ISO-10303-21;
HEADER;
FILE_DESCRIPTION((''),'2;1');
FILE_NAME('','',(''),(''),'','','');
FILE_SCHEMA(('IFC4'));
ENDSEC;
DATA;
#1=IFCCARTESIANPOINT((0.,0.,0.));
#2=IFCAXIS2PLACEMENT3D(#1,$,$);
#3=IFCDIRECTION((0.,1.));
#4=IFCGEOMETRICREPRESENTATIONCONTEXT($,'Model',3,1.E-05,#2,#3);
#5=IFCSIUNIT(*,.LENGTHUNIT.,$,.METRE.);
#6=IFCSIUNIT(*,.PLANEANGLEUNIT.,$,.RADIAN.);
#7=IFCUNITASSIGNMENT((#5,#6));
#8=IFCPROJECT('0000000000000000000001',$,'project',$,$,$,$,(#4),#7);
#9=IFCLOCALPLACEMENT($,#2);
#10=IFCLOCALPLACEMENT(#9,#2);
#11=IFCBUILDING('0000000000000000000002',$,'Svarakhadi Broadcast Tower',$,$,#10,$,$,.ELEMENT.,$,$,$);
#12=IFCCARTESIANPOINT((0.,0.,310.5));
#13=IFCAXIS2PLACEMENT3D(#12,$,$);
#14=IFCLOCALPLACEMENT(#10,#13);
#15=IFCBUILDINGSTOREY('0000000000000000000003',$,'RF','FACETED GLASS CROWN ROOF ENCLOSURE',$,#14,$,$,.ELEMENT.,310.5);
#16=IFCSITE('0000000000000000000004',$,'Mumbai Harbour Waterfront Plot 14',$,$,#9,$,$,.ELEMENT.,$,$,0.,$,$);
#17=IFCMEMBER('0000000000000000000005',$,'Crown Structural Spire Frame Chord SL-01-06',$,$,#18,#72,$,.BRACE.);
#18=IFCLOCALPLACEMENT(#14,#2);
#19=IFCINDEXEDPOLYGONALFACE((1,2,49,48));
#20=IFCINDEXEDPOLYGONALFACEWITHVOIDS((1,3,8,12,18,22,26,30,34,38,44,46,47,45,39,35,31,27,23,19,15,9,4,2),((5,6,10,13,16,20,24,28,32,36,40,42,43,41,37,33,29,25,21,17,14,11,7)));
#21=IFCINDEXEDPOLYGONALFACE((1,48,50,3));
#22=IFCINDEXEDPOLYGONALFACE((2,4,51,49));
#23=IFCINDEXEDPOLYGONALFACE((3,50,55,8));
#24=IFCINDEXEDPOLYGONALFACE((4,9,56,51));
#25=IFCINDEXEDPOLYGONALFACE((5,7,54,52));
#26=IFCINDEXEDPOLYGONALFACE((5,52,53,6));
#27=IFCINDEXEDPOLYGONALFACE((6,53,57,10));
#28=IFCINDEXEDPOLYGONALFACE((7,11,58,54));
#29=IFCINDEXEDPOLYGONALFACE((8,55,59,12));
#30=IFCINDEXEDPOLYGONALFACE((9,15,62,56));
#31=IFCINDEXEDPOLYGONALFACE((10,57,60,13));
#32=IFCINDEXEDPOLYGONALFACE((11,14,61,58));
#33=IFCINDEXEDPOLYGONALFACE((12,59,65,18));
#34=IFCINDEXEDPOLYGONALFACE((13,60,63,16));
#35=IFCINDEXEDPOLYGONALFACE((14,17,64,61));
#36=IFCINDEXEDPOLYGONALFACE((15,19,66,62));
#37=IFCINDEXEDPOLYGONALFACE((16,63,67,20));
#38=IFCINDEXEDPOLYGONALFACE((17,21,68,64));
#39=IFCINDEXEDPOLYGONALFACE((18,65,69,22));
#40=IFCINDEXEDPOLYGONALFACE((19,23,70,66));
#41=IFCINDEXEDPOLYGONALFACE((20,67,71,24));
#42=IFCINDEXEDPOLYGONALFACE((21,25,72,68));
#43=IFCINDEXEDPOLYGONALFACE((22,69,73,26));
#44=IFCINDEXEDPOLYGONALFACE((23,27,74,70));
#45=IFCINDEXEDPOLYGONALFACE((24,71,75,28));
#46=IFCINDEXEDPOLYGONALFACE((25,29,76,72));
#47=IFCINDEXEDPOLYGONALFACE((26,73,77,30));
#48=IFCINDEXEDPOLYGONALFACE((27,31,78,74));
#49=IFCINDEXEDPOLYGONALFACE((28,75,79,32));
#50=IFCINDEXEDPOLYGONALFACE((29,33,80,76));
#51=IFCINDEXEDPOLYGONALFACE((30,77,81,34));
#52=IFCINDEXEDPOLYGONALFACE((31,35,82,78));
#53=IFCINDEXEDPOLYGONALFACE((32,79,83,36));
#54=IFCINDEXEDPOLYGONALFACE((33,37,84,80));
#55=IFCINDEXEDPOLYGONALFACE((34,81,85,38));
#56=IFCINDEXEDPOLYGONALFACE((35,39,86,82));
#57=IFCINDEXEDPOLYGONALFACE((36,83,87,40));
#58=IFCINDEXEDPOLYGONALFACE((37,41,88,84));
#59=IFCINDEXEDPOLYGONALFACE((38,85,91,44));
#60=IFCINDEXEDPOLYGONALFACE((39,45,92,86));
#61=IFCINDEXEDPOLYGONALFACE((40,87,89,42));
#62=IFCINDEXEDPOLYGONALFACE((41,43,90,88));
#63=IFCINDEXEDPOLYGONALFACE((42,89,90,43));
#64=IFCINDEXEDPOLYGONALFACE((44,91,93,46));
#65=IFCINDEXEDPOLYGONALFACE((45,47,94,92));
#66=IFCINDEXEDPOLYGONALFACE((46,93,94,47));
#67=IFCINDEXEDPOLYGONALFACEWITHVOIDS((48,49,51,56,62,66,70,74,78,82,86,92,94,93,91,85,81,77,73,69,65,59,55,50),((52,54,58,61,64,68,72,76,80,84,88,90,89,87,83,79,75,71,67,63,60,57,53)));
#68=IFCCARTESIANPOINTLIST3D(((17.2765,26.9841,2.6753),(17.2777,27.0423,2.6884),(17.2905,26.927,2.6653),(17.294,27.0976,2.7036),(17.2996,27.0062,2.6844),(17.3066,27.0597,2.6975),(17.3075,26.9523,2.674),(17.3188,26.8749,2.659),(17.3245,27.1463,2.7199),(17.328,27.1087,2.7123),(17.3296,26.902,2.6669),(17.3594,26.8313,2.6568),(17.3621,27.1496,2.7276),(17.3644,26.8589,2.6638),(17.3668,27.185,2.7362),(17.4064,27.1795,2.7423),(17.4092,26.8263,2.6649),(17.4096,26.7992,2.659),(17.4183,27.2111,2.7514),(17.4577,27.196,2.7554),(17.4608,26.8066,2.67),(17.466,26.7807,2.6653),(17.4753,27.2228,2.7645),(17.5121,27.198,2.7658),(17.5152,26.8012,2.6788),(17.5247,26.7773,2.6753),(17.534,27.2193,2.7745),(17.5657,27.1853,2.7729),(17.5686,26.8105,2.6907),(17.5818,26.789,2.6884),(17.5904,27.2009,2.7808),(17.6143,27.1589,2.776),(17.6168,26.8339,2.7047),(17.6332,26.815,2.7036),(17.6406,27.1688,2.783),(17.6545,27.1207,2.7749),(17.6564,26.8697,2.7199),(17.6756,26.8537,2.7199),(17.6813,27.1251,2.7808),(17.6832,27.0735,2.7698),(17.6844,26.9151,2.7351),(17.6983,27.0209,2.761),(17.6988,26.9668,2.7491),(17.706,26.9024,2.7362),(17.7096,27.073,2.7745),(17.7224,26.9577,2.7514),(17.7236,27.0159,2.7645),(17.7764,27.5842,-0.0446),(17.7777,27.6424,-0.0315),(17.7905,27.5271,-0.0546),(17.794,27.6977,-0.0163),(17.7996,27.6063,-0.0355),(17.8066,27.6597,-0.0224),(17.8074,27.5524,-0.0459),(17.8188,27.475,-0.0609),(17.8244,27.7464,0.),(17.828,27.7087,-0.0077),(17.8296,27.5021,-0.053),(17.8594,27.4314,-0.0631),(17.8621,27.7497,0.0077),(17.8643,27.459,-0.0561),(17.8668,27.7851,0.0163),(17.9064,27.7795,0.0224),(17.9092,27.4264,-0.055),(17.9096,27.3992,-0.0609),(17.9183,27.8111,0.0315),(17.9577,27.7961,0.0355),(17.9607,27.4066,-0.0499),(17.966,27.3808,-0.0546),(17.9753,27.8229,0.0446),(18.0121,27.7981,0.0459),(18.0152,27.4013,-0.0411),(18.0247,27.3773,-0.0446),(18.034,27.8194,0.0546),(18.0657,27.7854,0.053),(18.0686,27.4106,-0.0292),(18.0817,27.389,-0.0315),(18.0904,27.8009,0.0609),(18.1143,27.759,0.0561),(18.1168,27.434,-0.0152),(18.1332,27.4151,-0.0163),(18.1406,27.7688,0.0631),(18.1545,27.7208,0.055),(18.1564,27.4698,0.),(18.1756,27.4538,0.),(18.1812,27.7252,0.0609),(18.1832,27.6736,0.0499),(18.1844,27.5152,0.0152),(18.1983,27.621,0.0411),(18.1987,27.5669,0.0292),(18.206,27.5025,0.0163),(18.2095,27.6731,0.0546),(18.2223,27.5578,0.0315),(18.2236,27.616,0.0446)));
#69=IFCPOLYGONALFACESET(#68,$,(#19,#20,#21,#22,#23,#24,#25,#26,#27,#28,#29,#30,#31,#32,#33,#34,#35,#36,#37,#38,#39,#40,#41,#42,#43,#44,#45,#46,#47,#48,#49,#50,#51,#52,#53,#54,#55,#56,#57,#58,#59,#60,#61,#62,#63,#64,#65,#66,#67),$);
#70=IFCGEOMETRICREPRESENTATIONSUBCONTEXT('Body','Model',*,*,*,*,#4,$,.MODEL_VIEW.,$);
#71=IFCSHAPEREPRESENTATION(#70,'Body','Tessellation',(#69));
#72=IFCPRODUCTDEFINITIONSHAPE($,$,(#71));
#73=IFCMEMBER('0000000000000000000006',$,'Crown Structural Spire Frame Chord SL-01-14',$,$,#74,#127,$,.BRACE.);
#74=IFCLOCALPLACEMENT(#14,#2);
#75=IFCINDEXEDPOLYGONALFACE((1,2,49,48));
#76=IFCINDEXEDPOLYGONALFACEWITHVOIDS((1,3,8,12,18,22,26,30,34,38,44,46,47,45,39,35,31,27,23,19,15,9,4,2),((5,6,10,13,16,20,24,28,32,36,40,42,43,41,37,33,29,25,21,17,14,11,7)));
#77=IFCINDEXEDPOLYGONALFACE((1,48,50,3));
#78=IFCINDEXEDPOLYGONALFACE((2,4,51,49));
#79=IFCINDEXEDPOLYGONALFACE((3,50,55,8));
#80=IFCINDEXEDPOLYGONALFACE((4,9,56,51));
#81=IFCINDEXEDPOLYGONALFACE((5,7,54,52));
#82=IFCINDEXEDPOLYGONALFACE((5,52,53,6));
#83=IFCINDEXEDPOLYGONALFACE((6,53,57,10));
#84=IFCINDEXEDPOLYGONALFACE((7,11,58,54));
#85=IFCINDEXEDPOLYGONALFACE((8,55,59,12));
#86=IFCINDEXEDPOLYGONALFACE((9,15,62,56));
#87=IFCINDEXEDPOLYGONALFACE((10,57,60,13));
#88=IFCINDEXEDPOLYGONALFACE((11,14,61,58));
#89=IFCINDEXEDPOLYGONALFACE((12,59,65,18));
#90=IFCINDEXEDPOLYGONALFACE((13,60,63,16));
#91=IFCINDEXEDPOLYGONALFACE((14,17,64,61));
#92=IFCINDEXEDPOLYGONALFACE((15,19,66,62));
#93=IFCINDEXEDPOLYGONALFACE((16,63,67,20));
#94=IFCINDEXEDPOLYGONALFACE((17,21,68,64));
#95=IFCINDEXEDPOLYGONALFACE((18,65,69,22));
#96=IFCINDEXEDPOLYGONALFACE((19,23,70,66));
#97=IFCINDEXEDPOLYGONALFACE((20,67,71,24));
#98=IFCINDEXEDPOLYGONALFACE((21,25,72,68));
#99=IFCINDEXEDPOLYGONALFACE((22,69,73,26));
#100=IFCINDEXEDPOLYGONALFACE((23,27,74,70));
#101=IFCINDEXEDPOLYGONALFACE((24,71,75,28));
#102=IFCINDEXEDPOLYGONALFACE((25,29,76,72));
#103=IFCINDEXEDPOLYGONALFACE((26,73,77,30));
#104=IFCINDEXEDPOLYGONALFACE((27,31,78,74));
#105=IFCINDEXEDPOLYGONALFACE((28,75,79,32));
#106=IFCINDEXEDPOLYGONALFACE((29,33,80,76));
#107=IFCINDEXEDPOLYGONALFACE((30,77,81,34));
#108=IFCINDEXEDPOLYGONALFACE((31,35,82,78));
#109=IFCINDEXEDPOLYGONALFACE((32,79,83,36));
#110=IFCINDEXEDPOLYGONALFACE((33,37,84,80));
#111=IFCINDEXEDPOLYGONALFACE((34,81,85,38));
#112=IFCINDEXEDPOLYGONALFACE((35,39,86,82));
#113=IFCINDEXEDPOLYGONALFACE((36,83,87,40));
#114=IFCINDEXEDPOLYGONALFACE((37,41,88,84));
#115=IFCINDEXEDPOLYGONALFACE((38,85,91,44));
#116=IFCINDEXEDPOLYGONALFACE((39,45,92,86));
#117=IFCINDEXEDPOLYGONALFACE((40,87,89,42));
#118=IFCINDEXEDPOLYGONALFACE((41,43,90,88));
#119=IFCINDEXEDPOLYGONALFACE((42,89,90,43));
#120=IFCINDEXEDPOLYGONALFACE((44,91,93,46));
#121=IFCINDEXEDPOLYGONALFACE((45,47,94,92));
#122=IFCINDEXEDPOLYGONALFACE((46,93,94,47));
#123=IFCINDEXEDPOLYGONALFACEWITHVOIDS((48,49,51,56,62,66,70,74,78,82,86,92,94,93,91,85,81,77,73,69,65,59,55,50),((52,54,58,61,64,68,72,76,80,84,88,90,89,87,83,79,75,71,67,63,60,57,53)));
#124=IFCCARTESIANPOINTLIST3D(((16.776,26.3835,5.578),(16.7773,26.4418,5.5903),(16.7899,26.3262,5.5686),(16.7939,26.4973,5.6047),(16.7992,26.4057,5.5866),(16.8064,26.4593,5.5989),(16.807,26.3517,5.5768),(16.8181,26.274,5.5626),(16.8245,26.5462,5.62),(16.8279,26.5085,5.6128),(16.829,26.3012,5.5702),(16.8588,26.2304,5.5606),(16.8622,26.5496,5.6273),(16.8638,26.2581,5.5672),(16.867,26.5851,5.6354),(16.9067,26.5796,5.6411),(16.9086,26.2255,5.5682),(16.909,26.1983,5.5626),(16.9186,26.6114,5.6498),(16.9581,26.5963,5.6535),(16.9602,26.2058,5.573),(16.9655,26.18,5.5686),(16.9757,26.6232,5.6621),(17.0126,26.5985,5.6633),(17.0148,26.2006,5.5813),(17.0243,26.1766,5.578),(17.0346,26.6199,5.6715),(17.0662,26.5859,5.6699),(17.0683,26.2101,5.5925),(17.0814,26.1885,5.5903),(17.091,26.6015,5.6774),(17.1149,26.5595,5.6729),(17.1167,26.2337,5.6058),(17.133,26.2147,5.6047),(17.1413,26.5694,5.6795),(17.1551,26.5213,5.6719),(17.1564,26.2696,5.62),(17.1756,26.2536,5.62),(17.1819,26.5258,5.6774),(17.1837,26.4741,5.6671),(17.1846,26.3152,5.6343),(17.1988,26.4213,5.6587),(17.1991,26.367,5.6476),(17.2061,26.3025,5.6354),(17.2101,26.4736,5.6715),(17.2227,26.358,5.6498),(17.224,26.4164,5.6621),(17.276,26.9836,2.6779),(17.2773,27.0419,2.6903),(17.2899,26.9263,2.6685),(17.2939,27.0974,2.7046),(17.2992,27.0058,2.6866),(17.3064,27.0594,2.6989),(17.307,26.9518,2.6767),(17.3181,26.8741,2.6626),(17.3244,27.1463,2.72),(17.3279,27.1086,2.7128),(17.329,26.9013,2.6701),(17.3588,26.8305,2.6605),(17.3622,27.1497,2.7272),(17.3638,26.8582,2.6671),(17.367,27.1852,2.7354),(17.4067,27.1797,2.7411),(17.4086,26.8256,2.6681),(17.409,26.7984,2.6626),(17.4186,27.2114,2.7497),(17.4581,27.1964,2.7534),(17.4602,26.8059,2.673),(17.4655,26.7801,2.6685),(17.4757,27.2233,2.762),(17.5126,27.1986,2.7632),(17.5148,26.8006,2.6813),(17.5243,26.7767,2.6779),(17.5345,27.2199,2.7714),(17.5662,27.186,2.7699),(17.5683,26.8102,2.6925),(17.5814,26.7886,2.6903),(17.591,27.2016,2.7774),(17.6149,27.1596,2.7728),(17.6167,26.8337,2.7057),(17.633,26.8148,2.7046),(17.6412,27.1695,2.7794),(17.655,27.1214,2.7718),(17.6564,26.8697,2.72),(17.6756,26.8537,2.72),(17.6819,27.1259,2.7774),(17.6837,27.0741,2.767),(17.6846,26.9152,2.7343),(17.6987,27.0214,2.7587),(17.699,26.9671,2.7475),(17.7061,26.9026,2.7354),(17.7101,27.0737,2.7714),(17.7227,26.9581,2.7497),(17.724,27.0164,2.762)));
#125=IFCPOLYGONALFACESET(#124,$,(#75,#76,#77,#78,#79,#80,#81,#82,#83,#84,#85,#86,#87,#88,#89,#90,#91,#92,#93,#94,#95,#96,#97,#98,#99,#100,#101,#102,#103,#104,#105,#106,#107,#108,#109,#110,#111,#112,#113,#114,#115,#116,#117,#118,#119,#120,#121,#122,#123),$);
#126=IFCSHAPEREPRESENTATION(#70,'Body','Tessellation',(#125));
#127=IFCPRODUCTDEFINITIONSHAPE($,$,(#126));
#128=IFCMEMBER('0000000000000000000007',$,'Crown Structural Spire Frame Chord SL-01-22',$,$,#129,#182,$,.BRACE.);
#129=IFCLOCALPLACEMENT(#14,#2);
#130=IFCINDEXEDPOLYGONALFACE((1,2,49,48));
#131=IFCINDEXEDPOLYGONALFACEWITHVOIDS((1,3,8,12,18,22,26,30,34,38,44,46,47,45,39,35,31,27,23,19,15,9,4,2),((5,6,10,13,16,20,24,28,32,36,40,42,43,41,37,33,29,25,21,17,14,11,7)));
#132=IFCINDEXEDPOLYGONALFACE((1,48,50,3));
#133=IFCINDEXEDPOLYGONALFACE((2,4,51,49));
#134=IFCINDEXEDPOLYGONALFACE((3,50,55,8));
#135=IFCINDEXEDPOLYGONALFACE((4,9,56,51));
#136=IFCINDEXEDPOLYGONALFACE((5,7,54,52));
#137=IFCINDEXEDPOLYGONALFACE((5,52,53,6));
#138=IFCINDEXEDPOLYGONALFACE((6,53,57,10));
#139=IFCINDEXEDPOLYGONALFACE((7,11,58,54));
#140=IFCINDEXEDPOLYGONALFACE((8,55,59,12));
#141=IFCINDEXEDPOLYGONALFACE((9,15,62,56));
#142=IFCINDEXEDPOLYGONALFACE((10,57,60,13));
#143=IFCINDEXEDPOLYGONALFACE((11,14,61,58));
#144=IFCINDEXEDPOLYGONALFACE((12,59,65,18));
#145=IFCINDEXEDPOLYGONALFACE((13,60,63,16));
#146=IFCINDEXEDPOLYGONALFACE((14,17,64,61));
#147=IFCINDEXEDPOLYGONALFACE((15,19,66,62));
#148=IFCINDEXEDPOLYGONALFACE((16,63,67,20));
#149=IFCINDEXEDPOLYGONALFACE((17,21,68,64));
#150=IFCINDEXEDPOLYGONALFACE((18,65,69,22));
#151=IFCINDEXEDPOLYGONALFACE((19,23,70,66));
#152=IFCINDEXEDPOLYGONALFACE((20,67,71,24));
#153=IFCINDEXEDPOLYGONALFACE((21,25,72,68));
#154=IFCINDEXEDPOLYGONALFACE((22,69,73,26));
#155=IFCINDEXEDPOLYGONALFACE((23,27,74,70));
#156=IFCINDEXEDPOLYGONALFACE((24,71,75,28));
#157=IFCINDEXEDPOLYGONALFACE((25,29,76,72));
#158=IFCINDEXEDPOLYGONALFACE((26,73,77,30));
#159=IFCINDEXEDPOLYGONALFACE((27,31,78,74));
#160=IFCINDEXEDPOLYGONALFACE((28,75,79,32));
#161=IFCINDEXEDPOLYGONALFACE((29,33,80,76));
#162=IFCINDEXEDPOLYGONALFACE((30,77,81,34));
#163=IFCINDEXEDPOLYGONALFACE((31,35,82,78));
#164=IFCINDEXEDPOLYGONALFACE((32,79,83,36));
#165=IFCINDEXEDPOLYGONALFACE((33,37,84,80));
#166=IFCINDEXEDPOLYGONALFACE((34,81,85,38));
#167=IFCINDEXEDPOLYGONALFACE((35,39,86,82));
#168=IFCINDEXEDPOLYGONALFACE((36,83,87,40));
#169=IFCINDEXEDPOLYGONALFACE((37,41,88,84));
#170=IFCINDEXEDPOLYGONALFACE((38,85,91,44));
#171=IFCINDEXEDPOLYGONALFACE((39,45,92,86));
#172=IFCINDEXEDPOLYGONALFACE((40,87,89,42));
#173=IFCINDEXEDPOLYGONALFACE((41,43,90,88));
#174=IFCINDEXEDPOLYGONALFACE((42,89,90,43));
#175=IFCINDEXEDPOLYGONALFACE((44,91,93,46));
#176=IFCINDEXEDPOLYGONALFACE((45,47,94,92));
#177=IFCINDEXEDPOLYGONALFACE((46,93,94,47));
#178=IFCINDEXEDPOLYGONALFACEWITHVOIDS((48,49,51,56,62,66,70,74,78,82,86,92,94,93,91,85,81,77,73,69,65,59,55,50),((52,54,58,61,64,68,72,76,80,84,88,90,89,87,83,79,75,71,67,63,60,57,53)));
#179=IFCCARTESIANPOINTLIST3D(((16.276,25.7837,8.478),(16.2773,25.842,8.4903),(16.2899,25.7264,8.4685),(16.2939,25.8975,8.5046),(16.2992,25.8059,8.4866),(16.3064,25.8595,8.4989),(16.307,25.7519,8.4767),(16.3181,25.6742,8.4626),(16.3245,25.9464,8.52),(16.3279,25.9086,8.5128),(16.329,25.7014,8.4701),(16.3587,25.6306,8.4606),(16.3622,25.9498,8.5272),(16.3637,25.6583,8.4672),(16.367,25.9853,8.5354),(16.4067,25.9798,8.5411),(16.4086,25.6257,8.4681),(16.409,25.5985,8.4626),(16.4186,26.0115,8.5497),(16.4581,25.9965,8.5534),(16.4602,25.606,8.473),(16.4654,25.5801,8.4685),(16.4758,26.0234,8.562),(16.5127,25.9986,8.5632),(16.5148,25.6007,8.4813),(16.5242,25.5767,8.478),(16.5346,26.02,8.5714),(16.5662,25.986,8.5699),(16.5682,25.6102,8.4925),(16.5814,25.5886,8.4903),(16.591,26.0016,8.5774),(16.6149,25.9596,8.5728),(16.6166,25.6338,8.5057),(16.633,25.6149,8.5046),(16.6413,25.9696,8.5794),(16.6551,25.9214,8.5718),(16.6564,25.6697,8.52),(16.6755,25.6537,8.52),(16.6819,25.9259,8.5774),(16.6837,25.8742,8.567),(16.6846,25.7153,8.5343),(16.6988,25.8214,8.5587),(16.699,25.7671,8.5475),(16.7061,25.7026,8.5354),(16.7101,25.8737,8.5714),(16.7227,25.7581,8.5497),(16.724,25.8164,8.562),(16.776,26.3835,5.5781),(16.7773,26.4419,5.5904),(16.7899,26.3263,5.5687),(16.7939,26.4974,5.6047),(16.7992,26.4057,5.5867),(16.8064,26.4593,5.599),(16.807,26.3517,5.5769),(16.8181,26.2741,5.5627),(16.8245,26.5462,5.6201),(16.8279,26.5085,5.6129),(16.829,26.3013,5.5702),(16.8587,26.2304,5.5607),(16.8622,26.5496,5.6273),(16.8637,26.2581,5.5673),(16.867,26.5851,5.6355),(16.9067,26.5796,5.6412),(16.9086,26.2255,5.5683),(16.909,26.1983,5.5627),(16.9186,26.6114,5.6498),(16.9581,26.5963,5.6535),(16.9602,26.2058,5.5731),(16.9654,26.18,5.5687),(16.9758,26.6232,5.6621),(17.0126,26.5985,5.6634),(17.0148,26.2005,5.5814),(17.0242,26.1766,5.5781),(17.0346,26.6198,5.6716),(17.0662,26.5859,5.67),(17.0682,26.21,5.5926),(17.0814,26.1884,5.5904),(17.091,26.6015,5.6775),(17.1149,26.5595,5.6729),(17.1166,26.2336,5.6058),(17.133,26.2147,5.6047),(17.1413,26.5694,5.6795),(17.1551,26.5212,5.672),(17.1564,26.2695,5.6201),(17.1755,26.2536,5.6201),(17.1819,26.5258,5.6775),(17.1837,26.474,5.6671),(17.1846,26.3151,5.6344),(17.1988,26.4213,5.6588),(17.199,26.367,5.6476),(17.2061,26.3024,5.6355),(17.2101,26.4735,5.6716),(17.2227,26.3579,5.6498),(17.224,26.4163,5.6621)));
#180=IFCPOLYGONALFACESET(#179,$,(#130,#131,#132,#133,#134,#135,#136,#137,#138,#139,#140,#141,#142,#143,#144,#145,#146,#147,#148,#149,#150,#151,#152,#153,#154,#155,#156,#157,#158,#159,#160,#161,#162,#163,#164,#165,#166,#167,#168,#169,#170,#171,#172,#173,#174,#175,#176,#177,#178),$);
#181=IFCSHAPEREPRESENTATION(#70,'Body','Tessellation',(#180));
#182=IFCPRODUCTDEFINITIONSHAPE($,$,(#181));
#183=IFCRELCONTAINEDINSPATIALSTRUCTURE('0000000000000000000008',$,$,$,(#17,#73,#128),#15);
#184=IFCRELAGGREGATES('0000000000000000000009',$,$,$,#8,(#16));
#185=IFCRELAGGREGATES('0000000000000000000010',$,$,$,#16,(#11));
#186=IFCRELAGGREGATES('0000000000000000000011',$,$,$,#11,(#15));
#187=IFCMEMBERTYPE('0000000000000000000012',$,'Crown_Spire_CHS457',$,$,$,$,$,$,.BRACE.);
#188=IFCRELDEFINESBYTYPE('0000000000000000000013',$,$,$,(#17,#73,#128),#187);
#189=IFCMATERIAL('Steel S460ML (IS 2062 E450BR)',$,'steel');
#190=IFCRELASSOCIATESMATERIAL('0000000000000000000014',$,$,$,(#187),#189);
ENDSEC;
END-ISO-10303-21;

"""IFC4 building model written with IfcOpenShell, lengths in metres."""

from ifc_helpers import new_model, si_unit, direction, frame, origin, origin_2d, place, context, subcontext, project, spatial, hollow_circle, extrude, material, material_profile, profile_set, type_object, element, save


model = new_model("IFC4")

# Units and contexts
model_context = context("Model", 3, precision=1e-05, world=origin(), true_north=direction((0.0, 1.0)))
body_context = subcontext(model_context, "Body", "Model", "MODEL_VIEW")
ifc_project = project(units=[si_unit("LENGTHUNIT", "METRE"), si_unit("PLANEANGLEUNIT", "RADIAN")], contexts=[model_context])

# Site, building, storey
site_placement = place(None, origin())
site = spatial("IfcSite", under=ifc_project, at=site_placement, Name="Mumbai Harbour Waterfront Plot 14", CompositionType="ELEMENT", RefElevation=0.0)
building_placement = place(site_placement, origin())
building = spatial("IfcBuilding", under=site, at=building_placement, Name="Svarakhadi Broadcast Tower", CompositionType="ELEMENT")
storey_placement = place(building_placement, frame((0.0, 0.0, 310.5)))
storey = spatial("IfcBuildingStorey", under=building, at=storey_placement, Name="RF", Description="FACETED GLASS CROWN ROOF ENCLOSURE", CompositionType="ELEMENT", Elevation=310.5)

# Shared definitions
ifc_material_1 = material(Name="Steel S460ML (IS 2062 E450BR)", Category="steel")

# Members
ifc_material_profile_1 = material_profile(ifc_material_1, hollow_circle(Radius=0.2285, WallThickness=0.0249, at=origin_2d()), Name="CHS 457x25")
ifc_profile_set_1 = profile_set([ifc_material_profile_1], Name="Steel S460ML (IS 2062 E450BR)")
member_type_1 = type_object("IfcMemberType", Name="Crown_Spire_CHS457", PredefinedType="BRACE", material=ifc_profile_set_1)
member_1_placement = place(storey_placement, frame((18.0, 27.6001, 0.0), z_axis=(-0.176684, -0.212056, 0.961153), x_axis=(0.768273, -0.640123, 0.0)))
element("IfcMember", 1, at=member_1_placement, inside=storey, type_object=member_type_1, Name="Crown Structural Spire Frame Chord SL-01-06", PredefinedType="BRACE", context=body_context, shape_type="SweptSolid", body=[
    extrude(hollow_circle(Radius=0.2285, WallThickness=0.0249, at=origin_2d()), origin(), (0.0, 0.0, 1.0), 2.8298),
])
member_2_placement = place(storey_placement, frame((17.5, 27.0, 2.72), z_axis=(-0.166473, -0.1998, 0.965591), x_axis=(0.768273, -0.640123, 0.0)))
element("IfcMember", 2, at=member_2_placement, inside=storey, type_object=member_type_1, Name="Crown Structural Spire Frame Chord SL-01-14", PredefinedType="BRACE", context=body_context, shape_type="SweptSolid", body=[
    extrude(hollow_circle(Radius=0.2285, WallThickness=0.0249, at=origin_2d()), origin(), (0.0, 0.0, 1.0), 3.0034),
])
member_3_placement = place(storey_placement, frame((17.0, 26.3999, 5.6201), z_axis=(-0.166489, -0.199738, 0.965602), x_axis=(0.768144, -0.640277, 0.0)))
element("IfcMember", 3, at=member_3_placement, inside=storey, type_object=member_type_1, Name="Crown Structural Spire Frame Chord SL-01-22", PredefinedType="BRACE", context=body_context, shape_type="SweptSolid", body=[
    extrude(hollow_circle(Radius=0.2285, WallThickness=0.0249, at=origin_2d()), origin(), (0.0, 0.0, 1.0), 3.0032),
])

save(model, "model.ifc")
